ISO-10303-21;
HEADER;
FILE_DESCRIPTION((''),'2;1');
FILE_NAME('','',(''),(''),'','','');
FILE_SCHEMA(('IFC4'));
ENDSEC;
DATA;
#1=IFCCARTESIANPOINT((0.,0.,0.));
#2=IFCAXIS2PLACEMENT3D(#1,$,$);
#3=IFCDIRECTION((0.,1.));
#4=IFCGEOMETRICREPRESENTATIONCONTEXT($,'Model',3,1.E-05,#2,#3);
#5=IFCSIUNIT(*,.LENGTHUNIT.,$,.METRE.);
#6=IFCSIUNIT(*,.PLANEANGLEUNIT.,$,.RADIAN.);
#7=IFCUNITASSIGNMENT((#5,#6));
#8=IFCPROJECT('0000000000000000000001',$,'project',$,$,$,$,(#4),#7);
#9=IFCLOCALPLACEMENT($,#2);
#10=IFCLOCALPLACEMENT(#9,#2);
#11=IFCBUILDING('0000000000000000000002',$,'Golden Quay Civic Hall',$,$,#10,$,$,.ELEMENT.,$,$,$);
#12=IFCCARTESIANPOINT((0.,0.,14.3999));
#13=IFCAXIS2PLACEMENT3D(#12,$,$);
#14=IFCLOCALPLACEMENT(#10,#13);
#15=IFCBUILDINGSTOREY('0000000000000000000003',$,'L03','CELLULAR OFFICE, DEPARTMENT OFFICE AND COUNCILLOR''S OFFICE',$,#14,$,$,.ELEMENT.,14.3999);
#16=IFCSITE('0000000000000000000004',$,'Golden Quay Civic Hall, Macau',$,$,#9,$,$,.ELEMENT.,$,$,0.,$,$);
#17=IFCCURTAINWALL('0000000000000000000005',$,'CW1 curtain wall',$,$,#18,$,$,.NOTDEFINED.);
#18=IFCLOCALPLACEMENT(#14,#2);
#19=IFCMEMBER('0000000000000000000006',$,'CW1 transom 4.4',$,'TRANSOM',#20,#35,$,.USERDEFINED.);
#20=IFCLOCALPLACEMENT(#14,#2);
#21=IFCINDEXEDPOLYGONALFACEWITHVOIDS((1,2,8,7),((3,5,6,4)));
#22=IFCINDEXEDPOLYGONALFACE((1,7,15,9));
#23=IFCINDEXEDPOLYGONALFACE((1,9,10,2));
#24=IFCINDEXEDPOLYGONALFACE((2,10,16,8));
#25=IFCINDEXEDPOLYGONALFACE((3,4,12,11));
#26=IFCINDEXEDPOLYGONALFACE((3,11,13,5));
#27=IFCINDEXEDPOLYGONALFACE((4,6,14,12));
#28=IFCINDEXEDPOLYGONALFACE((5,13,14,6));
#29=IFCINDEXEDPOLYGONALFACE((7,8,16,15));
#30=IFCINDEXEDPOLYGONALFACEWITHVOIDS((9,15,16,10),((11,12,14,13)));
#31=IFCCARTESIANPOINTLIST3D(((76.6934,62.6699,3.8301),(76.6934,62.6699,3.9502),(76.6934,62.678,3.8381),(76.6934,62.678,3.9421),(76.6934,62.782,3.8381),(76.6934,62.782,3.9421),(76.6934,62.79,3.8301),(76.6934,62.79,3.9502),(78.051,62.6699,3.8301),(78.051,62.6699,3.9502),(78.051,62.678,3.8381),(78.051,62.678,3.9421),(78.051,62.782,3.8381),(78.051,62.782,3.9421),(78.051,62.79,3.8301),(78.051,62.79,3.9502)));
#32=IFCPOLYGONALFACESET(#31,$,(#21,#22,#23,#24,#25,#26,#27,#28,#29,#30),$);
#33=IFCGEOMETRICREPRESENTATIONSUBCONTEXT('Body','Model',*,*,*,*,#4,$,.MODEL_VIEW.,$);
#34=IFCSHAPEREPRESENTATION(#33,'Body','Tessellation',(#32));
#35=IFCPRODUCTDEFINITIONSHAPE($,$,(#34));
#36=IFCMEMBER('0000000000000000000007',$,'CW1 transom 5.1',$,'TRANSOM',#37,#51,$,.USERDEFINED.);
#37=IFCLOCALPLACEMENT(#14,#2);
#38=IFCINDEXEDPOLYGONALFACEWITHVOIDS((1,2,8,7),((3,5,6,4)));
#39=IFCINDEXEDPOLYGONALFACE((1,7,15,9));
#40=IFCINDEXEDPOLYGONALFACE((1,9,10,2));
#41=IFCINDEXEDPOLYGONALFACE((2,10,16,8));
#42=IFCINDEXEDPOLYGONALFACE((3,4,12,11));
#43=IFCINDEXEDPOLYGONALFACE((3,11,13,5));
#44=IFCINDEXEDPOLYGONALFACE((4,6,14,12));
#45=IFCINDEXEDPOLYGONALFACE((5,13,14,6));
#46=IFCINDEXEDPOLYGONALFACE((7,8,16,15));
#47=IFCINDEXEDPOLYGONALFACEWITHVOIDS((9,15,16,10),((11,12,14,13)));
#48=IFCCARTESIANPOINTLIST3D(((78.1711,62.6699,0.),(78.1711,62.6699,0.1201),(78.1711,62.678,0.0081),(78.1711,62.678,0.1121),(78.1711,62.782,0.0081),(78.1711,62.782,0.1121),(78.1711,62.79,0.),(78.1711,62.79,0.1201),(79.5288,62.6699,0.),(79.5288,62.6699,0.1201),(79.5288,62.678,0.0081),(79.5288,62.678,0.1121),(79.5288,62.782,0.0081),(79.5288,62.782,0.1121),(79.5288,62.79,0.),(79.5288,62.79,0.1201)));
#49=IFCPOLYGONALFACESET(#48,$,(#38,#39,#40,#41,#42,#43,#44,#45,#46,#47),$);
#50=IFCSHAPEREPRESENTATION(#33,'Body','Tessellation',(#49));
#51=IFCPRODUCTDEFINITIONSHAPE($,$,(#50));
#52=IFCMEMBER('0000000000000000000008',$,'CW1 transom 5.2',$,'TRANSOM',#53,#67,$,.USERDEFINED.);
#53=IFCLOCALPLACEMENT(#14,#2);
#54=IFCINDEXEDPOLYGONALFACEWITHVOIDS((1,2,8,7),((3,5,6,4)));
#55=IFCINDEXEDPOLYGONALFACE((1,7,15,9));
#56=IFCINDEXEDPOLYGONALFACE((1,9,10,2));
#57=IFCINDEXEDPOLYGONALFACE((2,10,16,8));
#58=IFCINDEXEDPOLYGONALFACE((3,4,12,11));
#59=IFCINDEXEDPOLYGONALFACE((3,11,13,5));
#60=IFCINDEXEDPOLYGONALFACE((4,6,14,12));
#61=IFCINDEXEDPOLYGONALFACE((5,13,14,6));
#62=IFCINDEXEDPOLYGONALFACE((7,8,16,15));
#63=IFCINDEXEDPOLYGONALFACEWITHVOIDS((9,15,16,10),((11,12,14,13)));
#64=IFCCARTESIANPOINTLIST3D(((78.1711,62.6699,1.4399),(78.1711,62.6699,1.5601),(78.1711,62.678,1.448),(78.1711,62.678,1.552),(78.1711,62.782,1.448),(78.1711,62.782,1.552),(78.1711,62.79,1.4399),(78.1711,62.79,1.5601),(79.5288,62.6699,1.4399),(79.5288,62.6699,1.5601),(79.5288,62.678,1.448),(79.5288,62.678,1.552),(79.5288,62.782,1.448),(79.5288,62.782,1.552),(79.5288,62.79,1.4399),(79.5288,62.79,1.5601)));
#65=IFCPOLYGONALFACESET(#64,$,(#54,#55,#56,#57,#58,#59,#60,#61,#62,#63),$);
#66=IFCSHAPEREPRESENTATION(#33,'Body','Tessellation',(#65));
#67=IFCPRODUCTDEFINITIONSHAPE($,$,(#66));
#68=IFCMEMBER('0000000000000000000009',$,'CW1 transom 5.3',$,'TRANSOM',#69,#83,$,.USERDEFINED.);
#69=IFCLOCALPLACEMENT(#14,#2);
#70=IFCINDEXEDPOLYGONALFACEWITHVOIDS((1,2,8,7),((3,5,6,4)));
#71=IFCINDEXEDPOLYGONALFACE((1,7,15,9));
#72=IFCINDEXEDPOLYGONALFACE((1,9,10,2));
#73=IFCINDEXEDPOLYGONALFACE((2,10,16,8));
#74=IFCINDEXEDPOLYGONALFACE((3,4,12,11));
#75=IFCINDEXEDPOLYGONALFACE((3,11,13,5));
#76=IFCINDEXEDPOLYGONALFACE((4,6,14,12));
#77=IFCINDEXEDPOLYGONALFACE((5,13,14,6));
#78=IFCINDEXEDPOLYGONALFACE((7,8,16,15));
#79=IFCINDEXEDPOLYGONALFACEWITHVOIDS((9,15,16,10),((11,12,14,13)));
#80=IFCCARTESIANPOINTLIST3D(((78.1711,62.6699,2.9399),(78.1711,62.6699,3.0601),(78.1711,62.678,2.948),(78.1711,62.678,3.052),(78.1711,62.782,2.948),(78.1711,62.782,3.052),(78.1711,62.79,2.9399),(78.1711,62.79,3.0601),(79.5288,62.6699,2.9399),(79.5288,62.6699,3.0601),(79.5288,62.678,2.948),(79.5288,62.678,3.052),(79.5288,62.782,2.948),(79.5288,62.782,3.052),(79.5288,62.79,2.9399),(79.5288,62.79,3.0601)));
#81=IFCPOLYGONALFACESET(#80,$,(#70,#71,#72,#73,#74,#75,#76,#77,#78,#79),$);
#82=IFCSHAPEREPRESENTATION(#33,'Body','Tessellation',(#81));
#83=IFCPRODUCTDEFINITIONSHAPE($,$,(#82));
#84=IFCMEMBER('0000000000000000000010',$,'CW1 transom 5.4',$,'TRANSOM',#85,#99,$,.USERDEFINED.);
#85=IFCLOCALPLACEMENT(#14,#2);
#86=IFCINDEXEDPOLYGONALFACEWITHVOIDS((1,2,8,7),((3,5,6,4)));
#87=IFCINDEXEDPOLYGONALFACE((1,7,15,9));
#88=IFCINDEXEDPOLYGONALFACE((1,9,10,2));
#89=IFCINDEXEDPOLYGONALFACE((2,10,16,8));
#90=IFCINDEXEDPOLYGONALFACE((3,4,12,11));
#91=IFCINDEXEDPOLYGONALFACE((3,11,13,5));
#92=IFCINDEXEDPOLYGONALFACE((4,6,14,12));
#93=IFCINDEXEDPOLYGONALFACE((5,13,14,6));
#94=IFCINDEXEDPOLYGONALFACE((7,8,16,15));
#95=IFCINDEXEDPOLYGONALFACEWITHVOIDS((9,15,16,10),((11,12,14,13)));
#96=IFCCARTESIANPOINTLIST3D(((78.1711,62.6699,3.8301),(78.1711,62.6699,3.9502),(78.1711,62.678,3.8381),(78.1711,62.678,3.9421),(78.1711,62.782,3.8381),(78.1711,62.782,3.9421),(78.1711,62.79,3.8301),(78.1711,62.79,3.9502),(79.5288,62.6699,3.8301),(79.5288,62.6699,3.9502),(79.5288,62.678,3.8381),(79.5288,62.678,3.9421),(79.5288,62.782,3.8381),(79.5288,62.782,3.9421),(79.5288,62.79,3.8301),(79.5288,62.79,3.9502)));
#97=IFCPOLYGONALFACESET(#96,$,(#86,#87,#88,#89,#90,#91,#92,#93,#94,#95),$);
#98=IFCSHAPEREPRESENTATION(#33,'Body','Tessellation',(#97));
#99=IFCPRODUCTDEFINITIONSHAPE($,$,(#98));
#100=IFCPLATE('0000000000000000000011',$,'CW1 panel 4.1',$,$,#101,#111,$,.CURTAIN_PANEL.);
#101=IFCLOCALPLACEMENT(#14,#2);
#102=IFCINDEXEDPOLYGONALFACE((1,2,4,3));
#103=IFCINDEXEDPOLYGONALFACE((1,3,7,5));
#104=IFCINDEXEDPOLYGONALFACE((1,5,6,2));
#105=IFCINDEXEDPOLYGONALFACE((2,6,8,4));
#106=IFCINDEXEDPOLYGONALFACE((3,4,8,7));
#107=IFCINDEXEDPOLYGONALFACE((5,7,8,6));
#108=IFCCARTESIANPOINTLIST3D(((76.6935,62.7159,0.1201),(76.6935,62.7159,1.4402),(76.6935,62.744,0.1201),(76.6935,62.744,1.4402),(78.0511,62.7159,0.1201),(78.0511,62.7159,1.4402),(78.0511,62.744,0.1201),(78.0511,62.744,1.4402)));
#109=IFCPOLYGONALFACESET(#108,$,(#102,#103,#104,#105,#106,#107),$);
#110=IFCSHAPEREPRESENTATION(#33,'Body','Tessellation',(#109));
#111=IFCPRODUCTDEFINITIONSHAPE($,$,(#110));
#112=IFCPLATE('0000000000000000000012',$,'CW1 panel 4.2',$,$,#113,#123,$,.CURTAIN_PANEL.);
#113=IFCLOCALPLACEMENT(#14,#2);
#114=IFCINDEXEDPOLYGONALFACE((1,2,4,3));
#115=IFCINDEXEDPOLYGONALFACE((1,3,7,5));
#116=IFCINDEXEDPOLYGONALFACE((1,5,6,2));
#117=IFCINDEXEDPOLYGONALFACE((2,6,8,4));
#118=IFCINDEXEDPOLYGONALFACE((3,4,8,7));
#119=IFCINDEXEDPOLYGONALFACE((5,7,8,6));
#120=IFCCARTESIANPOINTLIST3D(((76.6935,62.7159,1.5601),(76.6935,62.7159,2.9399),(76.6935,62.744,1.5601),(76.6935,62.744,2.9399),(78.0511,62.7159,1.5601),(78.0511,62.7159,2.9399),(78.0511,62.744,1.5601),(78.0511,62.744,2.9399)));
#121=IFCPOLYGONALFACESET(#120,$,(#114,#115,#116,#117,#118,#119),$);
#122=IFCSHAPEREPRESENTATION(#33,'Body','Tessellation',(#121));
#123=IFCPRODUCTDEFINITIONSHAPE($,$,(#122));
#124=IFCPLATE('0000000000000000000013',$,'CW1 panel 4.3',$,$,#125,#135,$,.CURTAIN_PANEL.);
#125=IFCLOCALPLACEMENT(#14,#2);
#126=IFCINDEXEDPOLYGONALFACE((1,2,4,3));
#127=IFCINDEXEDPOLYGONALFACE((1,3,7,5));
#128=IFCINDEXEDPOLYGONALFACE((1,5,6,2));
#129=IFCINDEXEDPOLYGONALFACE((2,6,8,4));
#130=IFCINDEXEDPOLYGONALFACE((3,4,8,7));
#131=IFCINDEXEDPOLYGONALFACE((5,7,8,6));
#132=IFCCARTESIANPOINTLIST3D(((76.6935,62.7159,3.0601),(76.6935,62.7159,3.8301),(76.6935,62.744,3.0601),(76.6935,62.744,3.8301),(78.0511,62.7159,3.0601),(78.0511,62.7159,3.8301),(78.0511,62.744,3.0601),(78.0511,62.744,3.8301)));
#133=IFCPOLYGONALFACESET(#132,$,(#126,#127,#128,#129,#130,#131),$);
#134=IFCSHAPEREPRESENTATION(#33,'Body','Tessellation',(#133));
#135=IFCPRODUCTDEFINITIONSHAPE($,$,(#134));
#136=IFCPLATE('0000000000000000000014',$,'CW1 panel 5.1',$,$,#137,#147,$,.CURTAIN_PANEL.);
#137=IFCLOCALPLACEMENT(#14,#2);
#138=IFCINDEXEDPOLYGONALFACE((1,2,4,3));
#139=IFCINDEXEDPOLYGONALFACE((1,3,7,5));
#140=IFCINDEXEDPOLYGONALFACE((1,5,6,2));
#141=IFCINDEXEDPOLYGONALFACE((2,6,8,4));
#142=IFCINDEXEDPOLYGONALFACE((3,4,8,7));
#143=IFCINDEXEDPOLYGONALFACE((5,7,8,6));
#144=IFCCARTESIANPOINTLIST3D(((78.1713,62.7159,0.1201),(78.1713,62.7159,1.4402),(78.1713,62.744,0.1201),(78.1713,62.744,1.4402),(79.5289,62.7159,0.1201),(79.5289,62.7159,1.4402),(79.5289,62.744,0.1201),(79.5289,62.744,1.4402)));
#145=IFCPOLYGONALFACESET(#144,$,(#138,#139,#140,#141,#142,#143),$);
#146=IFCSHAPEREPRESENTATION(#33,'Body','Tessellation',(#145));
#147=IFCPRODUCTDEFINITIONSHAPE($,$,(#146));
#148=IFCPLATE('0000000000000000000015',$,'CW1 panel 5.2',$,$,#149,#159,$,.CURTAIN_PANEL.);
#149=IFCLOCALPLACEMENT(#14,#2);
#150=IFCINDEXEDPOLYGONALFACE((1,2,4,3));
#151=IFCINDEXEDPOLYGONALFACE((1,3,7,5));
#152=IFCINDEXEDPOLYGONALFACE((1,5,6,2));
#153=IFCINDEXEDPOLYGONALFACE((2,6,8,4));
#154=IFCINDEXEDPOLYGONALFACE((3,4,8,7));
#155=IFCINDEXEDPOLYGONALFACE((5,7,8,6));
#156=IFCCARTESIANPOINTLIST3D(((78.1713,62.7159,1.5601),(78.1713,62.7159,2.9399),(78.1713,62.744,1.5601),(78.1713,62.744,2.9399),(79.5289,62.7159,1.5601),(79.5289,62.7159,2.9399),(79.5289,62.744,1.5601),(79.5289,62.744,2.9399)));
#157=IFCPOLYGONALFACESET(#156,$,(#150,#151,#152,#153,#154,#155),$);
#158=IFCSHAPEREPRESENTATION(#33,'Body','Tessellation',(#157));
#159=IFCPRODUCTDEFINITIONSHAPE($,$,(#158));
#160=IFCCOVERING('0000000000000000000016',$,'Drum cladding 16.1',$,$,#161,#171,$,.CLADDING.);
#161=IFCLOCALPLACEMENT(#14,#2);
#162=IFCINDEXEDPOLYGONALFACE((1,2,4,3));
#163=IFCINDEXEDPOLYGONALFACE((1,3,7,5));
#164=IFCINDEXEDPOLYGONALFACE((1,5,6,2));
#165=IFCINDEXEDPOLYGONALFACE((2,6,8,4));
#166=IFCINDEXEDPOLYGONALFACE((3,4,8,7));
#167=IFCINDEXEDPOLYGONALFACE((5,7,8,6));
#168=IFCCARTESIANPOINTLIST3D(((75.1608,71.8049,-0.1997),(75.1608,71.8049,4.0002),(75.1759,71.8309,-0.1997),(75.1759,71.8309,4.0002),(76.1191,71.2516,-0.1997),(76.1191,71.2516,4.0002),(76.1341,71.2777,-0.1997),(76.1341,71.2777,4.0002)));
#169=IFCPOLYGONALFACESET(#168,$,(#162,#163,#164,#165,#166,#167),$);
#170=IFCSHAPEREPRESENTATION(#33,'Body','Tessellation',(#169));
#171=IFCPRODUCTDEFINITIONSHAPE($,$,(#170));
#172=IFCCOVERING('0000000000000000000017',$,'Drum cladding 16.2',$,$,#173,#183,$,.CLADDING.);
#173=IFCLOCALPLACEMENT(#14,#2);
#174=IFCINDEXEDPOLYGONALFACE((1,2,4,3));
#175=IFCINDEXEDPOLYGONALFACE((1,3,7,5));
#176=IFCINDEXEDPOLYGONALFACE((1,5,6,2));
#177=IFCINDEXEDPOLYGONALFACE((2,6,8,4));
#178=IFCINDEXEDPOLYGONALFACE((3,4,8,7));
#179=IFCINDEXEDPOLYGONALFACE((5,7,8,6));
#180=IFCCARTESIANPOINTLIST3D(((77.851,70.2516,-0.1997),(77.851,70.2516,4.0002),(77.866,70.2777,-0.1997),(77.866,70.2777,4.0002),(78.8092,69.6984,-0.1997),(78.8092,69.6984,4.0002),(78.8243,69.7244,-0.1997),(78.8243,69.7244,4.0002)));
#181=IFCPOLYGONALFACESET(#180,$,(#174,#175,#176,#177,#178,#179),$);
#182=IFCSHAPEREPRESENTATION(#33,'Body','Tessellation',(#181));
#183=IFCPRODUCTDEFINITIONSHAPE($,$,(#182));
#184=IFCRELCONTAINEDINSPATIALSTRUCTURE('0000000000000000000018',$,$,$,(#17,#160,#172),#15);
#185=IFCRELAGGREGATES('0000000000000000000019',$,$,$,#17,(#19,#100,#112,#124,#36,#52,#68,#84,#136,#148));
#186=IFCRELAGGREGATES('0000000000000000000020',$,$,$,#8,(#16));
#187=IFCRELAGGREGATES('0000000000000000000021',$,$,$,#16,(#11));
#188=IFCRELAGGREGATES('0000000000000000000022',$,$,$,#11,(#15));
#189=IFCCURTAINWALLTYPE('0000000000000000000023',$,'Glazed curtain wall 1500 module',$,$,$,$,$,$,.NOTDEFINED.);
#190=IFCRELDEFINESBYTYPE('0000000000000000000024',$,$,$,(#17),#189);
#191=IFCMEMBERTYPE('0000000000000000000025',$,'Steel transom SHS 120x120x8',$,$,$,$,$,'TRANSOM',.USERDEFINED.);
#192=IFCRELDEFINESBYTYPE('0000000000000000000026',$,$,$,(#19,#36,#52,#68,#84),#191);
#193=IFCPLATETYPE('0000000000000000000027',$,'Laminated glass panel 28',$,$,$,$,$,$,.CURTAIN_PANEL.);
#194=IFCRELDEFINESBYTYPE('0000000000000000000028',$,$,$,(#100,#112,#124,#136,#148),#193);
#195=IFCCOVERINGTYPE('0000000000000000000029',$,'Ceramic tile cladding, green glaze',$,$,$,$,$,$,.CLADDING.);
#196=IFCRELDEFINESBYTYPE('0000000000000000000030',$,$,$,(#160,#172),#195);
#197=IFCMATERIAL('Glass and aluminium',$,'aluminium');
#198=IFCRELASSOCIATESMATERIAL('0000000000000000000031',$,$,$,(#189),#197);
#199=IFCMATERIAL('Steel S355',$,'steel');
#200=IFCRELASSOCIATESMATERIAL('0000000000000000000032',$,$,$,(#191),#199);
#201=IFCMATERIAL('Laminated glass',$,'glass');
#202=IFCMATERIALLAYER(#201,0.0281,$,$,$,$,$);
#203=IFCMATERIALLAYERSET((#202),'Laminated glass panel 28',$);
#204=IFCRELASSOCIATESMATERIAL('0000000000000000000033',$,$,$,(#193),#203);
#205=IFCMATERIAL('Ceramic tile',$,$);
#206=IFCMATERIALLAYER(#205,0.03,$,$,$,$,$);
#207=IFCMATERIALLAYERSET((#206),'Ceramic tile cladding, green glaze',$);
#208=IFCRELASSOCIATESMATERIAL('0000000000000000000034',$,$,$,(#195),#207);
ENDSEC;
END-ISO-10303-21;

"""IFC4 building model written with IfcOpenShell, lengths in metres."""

from ifc_helpers import new_model, si_unit, direction, frame, origin, origin_2d, place, context, subcontext, project, spatial, rectangle, hollow_rectangle, extrude, material, layer, layer_set, material_profile, profile_set, type_object, element, aggregate, save


model = new_model("IFC4")

# Units and contexts
model_context = context("Model", 3, precision=1e-05, world=origin(), true_north=direction((0.0, 1.0)))
body_context = subcontext(model_context, "Body", "Model", "MODEL_VIEW")
ifc_project = project(units=[si_unit("LENGTHUNIT", "METRE"), si_unit("PLANEANGLEUNIT", "RADIAN")], contexts=[model_context])

# Site, building, storey
site_placement = place(None, origin())
site = spatial("IfcSite", under=ifc_project, at=site_placement, Name="Golden Quay Civic Hall, Macau", CompositionType="ELEMENT", RefElevation=0.0)
building_placement = place(site_placement, origin())
building = spatial("IfcBuilding", under=site, at=building_placement, Name="Golden Quay Civic Hall", CompositionType="ELEMENT")
storey_placement = place(building_placement, frame((0.0, 0.0, 14.3999)))
storey = spatial("IfcBuildingStorey", under=building, at=storey_placement, Name="L03", Description="CELLULAR OFFICE, DEPARTMENT OFFICE AND COUNCILLOR'S OFFICE", CompositionType="ELEMENT", Elevation=14.3999)

# Curtain wall, members, plates
ifc_material_1 = material(Name="Glass and aluminium", Category="aluminium")
curtain_wall_type = type_object("IfcCurtainWallType", Name="Glazed curtain wall 1500 module", PredefinedType="NOTDEFINED", material=ifc_material_1)
curtain_wall_placement = place(storey_placement, origin())
curtain_wall = element("IfcCurtainWall", 1, at=curtain_wall_placement, inside=storey, type_object=curtain_wall_type, Name="CW1 curtain wall", PredefinedType="NOTDEFINED")
ifc_material_2 = material(Name="Steel S355", Category="steel")
ifc_material_profile_1 = material_profile(ifc_material_2, hollow_rectangle(XDim=0.1201, YDim=0.1201, WallThickness=0.0081, at=origin_2d()), Name="SHS 120x120x8")
ifc_profile_set_1 = profile_set([ifc_material_profile_1], Name="Steel S355")
member_type_1 = type_object("IfcMemberType", Name="Steel transom SHS 120x120x8", ElementType="TRANSOM", PredefinedType="USERDEFINED", material=ifc_profile_set_1)
member_1_placement = place(storey_placement, frame((76.6934, 62.73, 3.8901), z_axis=(1.0, 0.0, 0.0), x_axis=(0.0, 1.0, 0.0)))
member_1 = element("IfcMember", 2, at=member_1_placement, type_object=member_type_1, Name="CW1 transom 4.4", ObjectType="TRANSOM", PredefinedType="USERDEFINED", context=body_context, shape_type="SweptSolid", body=[
    extrude(hollow_rectangle(XDim=0.1201, YDim=0.1201, WallThickness=0.0081, at=origin_2d()), origin(), (0.0, 0.0, 1.0), 1.3577),
])
member_2_placement = place(storey_placement, frame((78.1711, 62.73, 0.0601), z_axis=(1.0, 0.0, 0.0), x_axis=(0.0, 1.0, 0.0)))
member_2 = element("IfcMember", 3, at=member_2_placement, type_object=member_type_1, Name="CW1 transom 5.1", ObjectType="TRANSOM", PredefinedType="USERDEFINED", context=body_context, shape_type="SweptSolid", body=[
    extrude(hollow_rectangle(XDim=0.1201, YDim=0.1201, WallThickness=0.0081, at=origin_2d()), origin(), (0.0, 0.0, 1.0), 1.3577),
])
member_3_placement = place(storey_placement, frame((78.1711, 62.73, 1.5), z_axis=(1.0, 0.0, 0.0), x_axis=(0.0, 1.0, 0.0)))
member_3 = element("IfcMember", 4, at=member_3_placement, type_object=member_type_1, Name="CW1 transom 5.2", ObjectType="TRANSOM", PredefinedType="USERDEFINED", context=body_context, shape_type="SweptSolid", body=[
    extrude(hollow_rectangle(XDim=0.1201, YDim=0.1201, WallThickness=0.0081, at=origin_2d()), origin(), (0.0, 0.0, 1.0), 1.3577),
])
member_4_placement = place(storey_placement, frame((78.1711, 62.73, 3.0), z_axis=(1.0, 0.0, 0.0), x_axis=(0.0, 1.0, 0.0)))
member_4 = element("IfcMember", 5, at=member_4_placement, type_object=member_type_1, Name="CW1 transom 5.3", ObjectType="TRANSOM", PredefinedType="USERDEFINED", context=body_context, shape_type="SweptSolid", body=[
    extrude(hollow_rectangle(XDim=0.1201, YDim=0.1201, WallThickness=0.0081, at=origin_2d()), origin(), (0.0, 0.0, 1.0), 1.3577),
])
member_5_placement = place(storey_placement, frame((78.1711, 62.73, 3.8901), z_axis=(1.0, 0.0, 0.0), x_axis=(0.0, 1.0, 0.0)))
member_5 = element("IfcMember", 6, at=member_5_placement, type_object=member_type_1, Name="CW1 transom 5.4", ObjectType="TRANSOM", PredefinedType="USERDEFINED", context=body_context, shape_type="SweptSolid", body=[
    extrude(hollow_rectangle(XDim=0.1201, YDim=0.1201, WallThickness=0.0081, at=origin_2d()), origin(), (0.0, 0.0, 1.0), 1.3577),
])
ifc_material_3 = material(Name="Laminated glass", Category="glass")
ifc_layer_1 = layer(ifc_material_3, 0.0281)
ifc_layer_set_1 = layer_set([ifc_layer_1], Name="Laminated glass panel 28")
plate_type = type_object("IfcPlateType", Name="Laminated glass panel 28", PredefinedType="CURTAIN_PANEL", material=ifc_layer_set_1)
plate_1_placement = place(storey_placement, frame((77.3723, 62.73, 0.1201), z_axis=(0.0, 0.0, 1.0), x_axis=(1.0, 0.0, 0.0)))
plate_1 = element("IfcPlate", 7, at=plate_1_placement, type_object=plate_type, Name="CW1 panel 4.1", PredefinedType="CURTAIN_PANEL", context=body_context, shape_type="SweptSolid", body=[
    extrude(rectangle(XDim=1.3577, YDim=0.0281, at=origin_2d()), origin(), (0.0, 0.0, 1.0), 1.3201),
])
plate_2_placement = place(storey_placement, frame((77.3723, 62.73, 1.5601), z_axis=(0.0, 0.0, 1.0), x_axis=(1.0, 0.0, 0.0)))
plate_2 = element("IfcPlate", 8, at=plate_2_placement, type_object=plate_type, Name="CW1 panel 4.2", PredefinedType="CURTAIN_PANEL", context=body_context, shape_type="SweptSolid", body=[
    extrude(rectangle(XDim=1.3577, YDim=0.0281, at=origin_2d()), origin(), (0.0, 0.0, 1.0), 1.3799),
])
plate_3_placement = place(storey_placement, frame((77.3723, 62.73, 3.0601), z_axis=(0.0, 0.0, 1.0), x_axis=(1.0, 0.0, 0.0)))
plate_3 = element("IfcPlate", 9, at=plate_3_placement, type_object=plate_type, Name="CW1 panel 4.3", PredefinedType="CURTAIN_PANEL", context=body_context, shape_type="SweptSolid", body=[
    extrude(rectangle(XDim=1.3577, YDim=0.0281, at=origin_2d()), origin(), (0.0, 0.0, 1.0), 0.77),
])
plate_4_placement = place(storey_placement, frame((78.8501, 62.73, 0.1201), z_axis=(0.0, 0.0, 1.0), x_axis=(1.0, 0.0, 0.0)))
plate_4 = element("IfcPlate", 10, at=plate_4_placement, type_object=plate_type, Name="CW1 panel 5.1", PredefinedType="CURTAIN_PANEL", context=body_context, shape_type="SweptSolid", body=[
    extrude(rectangle(XDim=1.3577, YDim=0.0281, at=origin_2d()), origin(), (0.0, 0.0, 1.0), 1.3201),
])
plate_5_placement = place(storey_placement, frame((78.8501, 62.73, 1.5601), z_axis=(0.0, 0.0, 1.0), x_axis=(1.0, 0.0, 0.0)))
plate_5 = element("IfcPlate", 11, at=plate_5_placement, type_object=plate_type, Name="CW1 panel 5.2", PredefinedType="CURTAIN_PANEL", context=body_context, shape_type="SweptSolid", body=[
    extrude(rectangle(XDim=1.3577, YDim=0.0281, at=origin_2d()), origin(), (0.0, 0.0, 1.0), 1.3799),
])
aggregate(curtain_wall, [member_1, plate_1, plate_2, plate_3, member_2, member_3, member_4, member_5, plate_4, plate_5])

# Coverings
ifc_material_4 = material(Name="Ceramic tile")
ifc_layer_2 = layer(ifc_material_4, 0.03)
ifc_layer_set_2 = layer_set([ifc_layer_2], Name="Ceramic tile cladding, green glaze")
covering_type = type_object("IfcCoveringType", Name="Ceramic tile cladding, green glaze", PredefinedType="CLADDING", material=ifc_layer_set_2)
for number, where, z_axis, x_axis, name in (
    (12, (75.6475, 71.5413, -0.1997), (0.0, 0.0, 1.0), (0.866025, -0.5, 0.0), "Drum cladding 16.1"),
    (13, (78.3376, 69.988, -0.1997), (0.0, 0.0, 1.0), (0.866025, -0.5, 0.0), "Drum cladding 16.2"),
):
    element("IfcCovering", number, at=place(storey_placement, frame(where, z_axis=z_axis, x_axis=x_axis)), inside=storey, type_object=covering_type, Name=name, PredefinedType="CLADDING", context=body_context, shape_type="SweptSolid", body=[
        extrude(rectangle(XDim=1.1064, YDim=0.03, at=origin_2d()), origin(), (0.0, 0.0, 1.0), 4.2),
    ])

save(model, "model.ifc")
